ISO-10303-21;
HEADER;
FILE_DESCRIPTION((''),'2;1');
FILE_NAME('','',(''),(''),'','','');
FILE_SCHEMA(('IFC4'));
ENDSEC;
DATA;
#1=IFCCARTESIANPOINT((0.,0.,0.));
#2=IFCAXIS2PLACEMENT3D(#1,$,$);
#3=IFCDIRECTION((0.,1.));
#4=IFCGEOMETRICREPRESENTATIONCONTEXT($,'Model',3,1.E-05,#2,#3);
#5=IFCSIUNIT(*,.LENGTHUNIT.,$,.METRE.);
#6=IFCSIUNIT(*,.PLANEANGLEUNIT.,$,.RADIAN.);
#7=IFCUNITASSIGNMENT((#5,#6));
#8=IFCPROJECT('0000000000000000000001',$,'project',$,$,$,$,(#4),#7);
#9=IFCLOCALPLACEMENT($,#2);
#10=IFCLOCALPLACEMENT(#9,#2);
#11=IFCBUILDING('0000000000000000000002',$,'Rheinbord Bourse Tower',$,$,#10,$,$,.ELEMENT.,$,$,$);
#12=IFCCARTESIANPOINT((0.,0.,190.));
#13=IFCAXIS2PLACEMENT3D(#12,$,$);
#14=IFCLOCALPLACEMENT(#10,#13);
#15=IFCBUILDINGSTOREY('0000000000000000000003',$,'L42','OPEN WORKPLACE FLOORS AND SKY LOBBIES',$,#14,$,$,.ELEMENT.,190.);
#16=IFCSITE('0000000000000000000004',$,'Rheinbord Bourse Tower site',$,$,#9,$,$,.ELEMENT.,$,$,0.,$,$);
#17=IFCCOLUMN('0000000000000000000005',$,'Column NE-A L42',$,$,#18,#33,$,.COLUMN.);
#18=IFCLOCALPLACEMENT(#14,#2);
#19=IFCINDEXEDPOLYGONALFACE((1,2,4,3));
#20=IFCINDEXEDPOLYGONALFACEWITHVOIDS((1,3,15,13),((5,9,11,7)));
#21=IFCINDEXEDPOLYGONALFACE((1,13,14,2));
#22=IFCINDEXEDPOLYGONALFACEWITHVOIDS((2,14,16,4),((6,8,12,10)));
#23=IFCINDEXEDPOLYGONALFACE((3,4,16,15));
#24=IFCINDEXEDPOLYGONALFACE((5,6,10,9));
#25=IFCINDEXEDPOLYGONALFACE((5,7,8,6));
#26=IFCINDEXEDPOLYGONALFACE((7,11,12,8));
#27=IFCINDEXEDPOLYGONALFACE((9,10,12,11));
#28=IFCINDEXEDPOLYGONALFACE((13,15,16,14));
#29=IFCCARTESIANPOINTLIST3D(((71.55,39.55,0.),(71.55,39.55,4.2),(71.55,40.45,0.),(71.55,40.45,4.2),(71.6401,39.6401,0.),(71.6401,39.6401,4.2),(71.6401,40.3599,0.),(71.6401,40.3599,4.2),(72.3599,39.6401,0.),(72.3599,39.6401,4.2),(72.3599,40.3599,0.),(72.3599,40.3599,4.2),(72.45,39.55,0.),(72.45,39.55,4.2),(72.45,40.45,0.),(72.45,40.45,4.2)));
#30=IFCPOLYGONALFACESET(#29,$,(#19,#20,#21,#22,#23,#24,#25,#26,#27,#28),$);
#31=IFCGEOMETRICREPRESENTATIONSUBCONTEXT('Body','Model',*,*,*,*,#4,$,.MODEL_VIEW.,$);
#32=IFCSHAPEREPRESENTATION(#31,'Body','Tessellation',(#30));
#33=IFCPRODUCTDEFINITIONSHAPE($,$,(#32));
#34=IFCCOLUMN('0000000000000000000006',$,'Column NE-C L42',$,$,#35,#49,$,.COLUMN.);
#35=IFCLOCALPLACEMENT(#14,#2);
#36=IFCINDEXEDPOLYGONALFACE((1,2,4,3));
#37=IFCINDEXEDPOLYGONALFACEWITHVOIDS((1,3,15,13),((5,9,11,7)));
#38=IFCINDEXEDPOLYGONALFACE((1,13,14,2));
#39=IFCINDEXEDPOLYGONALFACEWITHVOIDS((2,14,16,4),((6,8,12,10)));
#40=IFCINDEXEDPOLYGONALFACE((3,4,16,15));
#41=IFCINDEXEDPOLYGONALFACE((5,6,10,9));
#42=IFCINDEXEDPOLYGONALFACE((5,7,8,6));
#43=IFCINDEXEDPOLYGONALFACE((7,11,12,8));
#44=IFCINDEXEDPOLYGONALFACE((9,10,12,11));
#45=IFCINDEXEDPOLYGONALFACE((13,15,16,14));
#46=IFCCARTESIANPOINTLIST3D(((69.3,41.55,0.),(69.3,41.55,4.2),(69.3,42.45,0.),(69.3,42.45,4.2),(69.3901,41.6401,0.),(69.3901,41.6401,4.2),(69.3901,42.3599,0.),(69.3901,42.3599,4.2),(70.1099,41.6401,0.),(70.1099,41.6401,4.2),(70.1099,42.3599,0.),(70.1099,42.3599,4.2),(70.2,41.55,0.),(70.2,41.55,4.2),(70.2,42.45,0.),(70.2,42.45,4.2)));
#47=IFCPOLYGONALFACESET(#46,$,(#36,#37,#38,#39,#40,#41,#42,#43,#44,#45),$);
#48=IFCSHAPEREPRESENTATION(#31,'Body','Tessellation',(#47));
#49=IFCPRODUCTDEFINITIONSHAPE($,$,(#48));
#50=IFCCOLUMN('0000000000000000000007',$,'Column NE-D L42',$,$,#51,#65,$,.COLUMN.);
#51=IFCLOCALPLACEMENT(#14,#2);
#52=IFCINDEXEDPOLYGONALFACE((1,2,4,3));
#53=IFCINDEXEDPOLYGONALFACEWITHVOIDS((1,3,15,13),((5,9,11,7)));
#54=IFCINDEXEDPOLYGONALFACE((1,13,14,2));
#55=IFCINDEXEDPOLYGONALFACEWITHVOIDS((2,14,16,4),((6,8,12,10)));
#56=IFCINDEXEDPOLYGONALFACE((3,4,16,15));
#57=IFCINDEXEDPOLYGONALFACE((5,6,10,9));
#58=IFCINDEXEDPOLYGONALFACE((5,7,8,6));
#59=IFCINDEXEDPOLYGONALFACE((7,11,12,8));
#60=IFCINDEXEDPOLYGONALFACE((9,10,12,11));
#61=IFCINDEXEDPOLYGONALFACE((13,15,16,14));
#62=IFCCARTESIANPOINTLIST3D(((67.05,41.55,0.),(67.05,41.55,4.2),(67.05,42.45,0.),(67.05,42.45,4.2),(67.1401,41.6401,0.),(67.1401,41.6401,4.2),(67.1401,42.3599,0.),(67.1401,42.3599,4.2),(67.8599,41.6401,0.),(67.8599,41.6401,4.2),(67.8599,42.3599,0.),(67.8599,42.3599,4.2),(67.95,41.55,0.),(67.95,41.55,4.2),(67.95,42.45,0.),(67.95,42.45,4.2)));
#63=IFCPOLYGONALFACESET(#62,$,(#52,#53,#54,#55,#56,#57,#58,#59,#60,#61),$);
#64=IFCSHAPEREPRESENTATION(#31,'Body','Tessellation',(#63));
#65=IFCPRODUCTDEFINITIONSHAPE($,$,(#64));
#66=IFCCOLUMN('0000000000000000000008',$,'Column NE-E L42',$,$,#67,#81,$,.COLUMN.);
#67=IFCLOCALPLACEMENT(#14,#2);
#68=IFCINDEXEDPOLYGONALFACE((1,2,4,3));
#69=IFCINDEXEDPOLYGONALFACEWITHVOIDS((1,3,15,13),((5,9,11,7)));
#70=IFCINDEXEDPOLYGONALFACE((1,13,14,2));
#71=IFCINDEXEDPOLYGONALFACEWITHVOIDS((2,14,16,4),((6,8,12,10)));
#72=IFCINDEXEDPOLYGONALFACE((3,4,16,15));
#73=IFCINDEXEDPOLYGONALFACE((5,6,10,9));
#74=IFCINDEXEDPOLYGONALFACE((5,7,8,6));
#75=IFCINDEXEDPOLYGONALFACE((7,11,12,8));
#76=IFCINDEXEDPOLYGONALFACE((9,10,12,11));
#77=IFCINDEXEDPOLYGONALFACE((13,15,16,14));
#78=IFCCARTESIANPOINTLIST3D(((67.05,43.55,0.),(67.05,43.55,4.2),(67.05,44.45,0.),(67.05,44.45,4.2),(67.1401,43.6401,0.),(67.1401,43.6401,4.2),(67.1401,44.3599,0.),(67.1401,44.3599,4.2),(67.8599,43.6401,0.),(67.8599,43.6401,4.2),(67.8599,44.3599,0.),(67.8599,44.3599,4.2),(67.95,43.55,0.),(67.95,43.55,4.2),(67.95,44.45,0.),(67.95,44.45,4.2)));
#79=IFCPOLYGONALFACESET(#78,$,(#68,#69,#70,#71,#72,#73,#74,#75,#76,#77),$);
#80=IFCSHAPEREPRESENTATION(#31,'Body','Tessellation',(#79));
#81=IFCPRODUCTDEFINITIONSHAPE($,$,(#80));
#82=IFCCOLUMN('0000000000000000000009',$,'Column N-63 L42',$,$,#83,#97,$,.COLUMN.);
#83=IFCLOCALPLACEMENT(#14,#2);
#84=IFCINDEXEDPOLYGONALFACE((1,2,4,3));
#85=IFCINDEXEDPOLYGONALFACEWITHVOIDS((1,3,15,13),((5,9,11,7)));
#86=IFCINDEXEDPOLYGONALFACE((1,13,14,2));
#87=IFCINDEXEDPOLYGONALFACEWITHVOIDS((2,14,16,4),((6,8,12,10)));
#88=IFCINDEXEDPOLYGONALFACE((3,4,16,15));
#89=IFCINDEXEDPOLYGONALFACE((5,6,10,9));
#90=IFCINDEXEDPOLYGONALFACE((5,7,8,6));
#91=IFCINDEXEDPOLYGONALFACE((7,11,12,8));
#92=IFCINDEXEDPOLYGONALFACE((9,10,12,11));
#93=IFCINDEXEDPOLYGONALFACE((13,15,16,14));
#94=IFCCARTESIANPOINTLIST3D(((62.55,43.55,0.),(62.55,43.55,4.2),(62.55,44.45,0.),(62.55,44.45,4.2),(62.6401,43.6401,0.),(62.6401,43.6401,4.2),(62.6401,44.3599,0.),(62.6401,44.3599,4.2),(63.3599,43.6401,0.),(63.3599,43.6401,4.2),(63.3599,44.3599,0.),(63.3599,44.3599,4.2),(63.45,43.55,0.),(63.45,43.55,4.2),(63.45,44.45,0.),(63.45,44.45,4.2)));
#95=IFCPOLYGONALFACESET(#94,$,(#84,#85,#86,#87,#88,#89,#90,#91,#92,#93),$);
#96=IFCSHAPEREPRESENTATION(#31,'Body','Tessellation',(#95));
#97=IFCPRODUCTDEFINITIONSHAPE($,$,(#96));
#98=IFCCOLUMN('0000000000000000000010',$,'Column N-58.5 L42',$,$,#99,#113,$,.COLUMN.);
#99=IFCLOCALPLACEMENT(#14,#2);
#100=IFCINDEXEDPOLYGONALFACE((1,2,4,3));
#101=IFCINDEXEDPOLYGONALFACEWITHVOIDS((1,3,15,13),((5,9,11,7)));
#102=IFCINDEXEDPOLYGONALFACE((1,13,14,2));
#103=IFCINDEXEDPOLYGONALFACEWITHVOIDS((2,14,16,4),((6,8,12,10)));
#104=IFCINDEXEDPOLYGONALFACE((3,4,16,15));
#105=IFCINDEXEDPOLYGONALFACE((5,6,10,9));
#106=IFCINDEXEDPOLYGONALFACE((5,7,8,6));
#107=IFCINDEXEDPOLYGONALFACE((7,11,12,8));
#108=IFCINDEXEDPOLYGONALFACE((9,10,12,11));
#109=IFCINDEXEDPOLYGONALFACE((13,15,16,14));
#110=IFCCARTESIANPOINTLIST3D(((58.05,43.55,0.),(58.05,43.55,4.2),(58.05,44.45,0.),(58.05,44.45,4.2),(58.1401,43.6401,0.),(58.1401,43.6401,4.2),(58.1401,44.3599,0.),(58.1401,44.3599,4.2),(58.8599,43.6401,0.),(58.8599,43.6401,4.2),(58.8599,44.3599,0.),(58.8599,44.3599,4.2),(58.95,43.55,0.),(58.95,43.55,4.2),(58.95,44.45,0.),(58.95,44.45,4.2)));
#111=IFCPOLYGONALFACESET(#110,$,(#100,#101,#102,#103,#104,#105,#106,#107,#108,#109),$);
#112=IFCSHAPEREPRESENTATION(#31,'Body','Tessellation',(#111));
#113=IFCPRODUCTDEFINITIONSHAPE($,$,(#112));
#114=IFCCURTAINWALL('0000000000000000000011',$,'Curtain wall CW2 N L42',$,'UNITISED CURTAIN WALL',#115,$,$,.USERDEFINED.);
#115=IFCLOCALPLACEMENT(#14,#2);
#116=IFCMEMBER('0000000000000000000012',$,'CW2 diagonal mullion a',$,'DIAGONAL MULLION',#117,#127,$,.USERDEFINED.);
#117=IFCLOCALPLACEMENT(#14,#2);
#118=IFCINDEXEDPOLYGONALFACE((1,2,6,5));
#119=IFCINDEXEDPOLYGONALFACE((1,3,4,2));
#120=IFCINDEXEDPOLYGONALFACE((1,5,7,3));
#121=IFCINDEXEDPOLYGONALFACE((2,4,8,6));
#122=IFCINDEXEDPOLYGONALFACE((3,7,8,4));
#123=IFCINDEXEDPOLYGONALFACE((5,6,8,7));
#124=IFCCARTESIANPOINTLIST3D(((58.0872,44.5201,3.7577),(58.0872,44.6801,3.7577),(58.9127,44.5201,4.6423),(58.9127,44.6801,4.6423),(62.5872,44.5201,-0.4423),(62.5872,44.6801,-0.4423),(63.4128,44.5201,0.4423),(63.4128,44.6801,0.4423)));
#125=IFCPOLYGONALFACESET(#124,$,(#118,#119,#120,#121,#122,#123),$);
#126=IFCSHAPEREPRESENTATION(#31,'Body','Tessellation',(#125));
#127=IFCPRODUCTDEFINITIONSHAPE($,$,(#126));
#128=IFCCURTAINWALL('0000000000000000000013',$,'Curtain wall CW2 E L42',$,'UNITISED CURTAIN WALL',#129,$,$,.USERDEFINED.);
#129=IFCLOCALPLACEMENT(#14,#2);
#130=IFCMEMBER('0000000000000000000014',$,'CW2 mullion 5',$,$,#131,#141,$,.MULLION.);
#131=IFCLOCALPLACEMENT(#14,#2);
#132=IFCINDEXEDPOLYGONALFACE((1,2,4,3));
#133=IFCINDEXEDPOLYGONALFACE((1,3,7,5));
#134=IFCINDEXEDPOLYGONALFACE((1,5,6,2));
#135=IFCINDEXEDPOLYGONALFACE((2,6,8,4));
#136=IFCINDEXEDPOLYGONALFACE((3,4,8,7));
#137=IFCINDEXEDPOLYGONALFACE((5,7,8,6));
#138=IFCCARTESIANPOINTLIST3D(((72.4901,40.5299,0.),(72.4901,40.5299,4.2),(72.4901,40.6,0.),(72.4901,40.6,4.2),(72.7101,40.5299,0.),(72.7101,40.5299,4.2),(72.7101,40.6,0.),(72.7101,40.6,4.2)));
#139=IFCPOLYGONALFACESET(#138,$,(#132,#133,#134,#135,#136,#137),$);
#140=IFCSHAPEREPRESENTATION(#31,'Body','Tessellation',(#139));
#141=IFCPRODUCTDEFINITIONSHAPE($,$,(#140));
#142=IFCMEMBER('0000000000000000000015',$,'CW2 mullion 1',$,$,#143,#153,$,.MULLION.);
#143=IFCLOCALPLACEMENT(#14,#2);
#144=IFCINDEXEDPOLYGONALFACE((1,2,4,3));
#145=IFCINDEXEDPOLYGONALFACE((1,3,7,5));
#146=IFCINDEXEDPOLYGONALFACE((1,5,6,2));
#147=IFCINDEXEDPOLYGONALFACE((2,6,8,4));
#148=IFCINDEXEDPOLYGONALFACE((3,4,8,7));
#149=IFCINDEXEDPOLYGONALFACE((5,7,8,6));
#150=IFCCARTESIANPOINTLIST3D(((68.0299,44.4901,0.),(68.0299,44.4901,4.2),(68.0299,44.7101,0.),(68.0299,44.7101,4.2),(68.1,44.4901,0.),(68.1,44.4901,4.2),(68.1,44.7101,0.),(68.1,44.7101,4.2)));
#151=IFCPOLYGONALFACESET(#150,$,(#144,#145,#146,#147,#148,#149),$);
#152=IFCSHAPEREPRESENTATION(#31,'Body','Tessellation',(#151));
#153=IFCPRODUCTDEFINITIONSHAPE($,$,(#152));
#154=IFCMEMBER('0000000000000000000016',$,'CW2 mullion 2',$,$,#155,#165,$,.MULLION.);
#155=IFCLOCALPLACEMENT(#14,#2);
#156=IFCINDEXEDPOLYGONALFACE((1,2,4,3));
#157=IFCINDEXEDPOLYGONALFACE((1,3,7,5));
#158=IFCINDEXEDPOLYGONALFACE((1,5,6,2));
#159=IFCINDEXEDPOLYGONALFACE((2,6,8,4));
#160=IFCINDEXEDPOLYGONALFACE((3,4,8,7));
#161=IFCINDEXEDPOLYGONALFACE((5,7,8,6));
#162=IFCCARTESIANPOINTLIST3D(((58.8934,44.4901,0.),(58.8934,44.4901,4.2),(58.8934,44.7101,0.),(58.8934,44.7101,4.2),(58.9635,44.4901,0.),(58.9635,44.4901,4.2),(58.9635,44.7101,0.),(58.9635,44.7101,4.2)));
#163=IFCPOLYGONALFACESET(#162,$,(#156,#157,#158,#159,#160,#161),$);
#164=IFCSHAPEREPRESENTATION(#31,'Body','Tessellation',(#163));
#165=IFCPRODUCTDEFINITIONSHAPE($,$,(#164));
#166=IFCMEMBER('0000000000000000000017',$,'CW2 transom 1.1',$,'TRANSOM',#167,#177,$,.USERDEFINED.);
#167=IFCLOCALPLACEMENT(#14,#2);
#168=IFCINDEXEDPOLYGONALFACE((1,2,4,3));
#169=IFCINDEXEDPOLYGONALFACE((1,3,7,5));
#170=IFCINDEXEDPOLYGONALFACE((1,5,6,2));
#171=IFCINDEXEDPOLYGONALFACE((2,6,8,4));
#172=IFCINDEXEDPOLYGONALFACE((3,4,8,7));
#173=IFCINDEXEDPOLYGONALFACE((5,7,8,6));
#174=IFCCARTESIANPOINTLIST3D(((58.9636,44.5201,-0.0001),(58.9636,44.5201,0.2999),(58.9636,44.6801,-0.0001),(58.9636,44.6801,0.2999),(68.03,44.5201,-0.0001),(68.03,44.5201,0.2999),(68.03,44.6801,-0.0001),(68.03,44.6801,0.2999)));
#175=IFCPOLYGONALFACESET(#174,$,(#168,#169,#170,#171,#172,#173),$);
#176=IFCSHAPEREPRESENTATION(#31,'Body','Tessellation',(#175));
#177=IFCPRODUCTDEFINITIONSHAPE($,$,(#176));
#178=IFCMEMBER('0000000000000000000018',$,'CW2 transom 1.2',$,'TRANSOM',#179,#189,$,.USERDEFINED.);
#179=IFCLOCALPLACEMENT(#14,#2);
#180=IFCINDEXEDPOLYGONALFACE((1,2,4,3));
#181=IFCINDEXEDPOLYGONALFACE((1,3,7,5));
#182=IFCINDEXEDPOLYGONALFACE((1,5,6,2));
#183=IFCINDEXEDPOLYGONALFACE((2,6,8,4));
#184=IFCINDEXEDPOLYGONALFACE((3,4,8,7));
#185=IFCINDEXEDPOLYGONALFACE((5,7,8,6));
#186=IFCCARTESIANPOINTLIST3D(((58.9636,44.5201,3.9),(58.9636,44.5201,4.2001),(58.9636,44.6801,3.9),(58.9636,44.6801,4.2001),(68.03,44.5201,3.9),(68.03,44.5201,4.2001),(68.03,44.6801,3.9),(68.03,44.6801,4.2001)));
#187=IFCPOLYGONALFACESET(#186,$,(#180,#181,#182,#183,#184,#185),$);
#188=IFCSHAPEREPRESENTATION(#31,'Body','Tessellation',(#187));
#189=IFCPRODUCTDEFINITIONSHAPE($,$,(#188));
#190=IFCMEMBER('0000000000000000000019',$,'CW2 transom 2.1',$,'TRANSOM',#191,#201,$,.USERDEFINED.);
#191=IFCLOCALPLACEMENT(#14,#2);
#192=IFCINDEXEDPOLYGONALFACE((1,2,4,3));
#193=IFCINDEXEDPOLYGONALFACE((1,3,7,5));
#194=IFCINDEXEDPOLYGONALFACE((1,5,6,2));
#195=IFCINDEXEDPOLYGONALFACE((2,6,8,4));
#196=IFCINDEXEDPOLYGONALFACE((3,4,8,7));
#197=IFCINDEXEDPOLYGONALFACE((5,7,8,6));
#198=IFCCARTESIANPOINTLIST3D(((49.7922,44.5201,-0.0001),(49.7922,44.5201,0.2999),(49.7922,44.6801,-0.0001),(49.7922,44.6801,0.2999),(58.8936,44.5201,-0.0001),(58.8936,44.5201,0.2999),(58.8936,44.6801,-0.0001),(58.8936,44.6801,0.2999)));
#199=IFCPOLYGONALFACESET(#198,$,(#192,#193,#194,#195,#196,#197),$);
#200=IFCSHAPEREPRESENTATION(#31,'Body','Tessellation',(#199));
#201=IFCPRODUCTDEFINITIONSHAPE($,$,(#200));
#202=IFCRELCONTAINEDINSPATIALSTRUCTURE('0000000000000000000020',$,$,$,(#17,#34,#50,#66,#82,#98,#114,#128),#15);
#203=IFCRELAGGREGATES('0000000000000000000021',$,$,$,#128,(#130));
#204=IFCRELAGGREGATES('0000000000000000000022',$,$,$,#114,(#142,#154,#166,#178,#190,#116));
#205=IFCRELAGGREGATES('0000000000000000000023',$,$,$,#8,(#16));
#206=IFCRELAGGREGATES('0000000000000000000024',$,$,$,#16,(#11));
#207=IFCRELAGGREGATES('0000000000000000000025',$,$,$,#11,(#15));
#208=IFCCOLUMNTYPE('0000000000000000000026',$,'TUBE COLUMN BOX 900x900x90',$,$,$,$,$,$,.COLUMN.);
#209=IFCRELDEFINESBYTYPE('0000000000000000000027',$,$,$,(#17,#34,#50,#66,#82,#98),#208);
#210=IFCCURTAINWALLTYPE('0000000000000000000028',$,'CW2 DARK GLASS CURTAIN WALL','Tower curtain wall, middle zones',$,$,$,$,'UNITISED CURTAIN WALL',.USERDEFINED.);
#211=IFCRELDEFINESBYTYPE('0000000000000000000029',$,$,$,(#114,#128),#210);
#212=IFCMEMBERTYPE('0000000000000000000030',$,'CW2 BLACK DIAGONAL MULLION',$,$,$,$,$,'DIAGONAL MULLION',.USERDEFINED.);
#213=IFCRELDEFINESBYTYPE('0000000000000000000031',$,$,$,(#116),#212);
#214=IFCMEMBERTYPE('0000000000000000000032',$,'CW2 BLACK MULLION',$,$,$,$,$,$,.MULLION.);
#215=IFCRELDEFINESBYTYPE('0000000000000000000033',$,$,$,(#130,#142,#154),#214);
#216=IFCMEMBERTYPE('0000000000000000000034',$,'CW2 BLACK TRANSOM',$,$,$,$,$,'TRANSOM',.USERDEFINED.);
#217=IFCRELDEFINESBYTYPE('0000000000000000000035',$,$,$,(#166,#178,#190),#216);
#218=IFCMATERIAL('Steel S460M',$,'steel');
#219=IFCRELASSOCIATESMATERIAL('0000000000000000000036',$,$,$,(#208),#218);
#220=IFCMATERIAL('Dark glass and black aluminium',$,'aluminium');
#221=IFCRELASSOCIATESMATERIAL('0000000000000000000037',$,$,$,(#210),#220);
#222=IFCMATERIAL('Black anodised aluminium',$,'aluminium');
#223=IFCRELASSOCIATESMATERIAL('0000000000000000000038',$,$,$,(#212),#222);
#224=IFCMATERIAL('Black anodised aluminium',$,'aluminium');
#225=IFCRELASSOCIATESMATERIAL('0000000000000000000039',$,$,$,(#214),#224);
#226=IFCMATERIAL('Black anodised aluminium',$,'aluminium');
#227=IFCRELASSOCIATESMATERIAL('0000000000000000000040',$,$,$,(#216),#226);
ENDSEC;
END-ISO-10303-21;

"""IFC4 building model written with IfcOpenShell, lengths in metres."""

from ifc_helpers import new_model, si_unit, direction, frame, origin, origin_2d, place, context, subcontext, project, spatial, rectangle, hollow_rectangle, extrude, material, material_profile, profile_set, type_object, element, aggregate, save


model = new_model("IFC4")

# Units and contexts
model_context = context("Model", 3, precision=1e-05, world=origin(), true_north=direction((0.0, 1.0)))
body_context = subcontext(model_context, "Body", "Model", "MODEL_VIEW")
ifc_project = project(units=[si_unit("LENGTHUNIT", "METRE"), si_unit("PLANEANGLEUNIT", "RADIAN")], contexts=[model_context])

# Site, building, storey
site_placement = place(None, origin())
site = spatial("IfcSite", under=ifc_project, at=site_placement, Name="Rheinbord Bourse Tower site", CompositionType="ELEMENT", RefElevation=0.0)
building_placement = place(site_placement, origin())
building = spatial("IfcBuilding", under=site, at=building_placement, Name="Rheinbord Bourse Tower", CompositionType="ELEMENT")
storey_placement = place(building_placement, frame((0.0, 0.0, 190.0)))
storey = spatial("IfcBuildingStorey", under=building, at=storey_placement, Name="L42", Description="OPEN WORKPLACE FLOORS AND SKY LOBBIES", CompositionType="ELEMENT", Elevation=190.0)

# Columns
ifc_material_1 = material(Name="Steel S460M", Category="steel")
ifc_material_profile_1 = material_profile(ifc_material_1, hollow_rectangle(XDim=0.8999, YDim=0.8999, WallThickness=0.0901, at=origin_2d()), Name="BOX 900x900x90")
ifc_profile_set_1 = profile_set([ifc_material_profile_1], Name="Steel S460M")
column_type = type_object("IfcColumnType", Name="TUBE COLUMN BOX 900x900x90", PredefinedType="COLUMN", material=ifc_profile_set_1)
for number, where, z_axis, x_axis, name in (
    (1, (72.0, 40.0, 0.0), (0.0, 0.0, 1.0), (1.0, 0.0, 0.0), "Column NE-A L42"),
    (2, (69.75, 42.0, 0.0), (0.0, 0.0, 1.0), (1.0, 0.0, 0.0), "Column NE-C L42"),
    (3, (67.5, 42.0, 0.0), (0.0, 0.0, 1.0), (0.0, 1.0, 0.0), "Column NE-D L42"),
    (4, (67.5, 44.0, 0.0), (0.0, 0.0, 1.0), (0.0, 1.0, 0.0), "Column NE-E L42"),
    (5, (63.0, 44.0, 0.0), (0.0, 0.0, 1.0), (0.0, 1.0, 0.0), "Column N-63 L42"),
    (6, (58.5, 44.0, 0.0), (0.0, 0.0, 1.0), (0.0, 1.0, 0.0), "Column N-58.5 L42"),
):
    element("IfcColumn", number, at=place(storey_placement, frame(where, z_axis=z_axis, x_axis=x_axis)), inside=storey, type_object=column_type, Name=name, PredefinedType="COLUMN", context=body_context, shape_type="SweptSolid", body=[
        extrude(hollow_rectangle(XDim=0.8999, YDim=0.8999, WallThickness=0.0901, at=origin_2d()), origin(), (0.0, 0.0, 1.0), 4.2),
    ])

# Curtain walls, members
ifc_material_2 = material(Name="Dark glass and black aluminium", Category="aluminium")
curtain_wall_type = type_object("IfcCurtainWallType", Name="CW2 DARK GLASS CURTAIN WALL", Description="Tower curtain wall, middle zones", ElementType="UNITISED CURTAIN WALL", PredefinedType="USERDEFINED", material=ifc_material_2)
curtain_wall_1_placement = place(storey_placement, origin())
curtain_wall_1 = element("IfcCurtainWall", 7, at=curtain_wall_1_placement, inside=storey, type_object=curtain_wall_type, Name="Curtain wall CW2 N L42", ObjectType="UNITISED CURTAIN WALL", PredefinedType="USERDEFINED")
ifc_material_3 = material(Name="Black anodised aluminium", Category="aluminium")
ifc_material_profile_2 = material_profile(ifc_material_3, rectangle(XDim=0.1599, YDim=1.21, at=origin_2d()), Name="CW2 DIAGONAL MULLION 1210x160")
ifc_profile_set_2 = profile_set([ifc_material_profile_2], Name="Black anodised aluminium")
member_type_1 = type_object("IfcMemberType", Name="CW2 BLACK DIAGONAL MULLION", ElementType="DIAGONAL MULLION", PredefinedType="USERDEFINED", material=ifc_profile_set_2)
member_1_placement = place(storey_placement, frame((63.0, 44.6001, 0.0), z_axis=(-0.731059, 0.0, 0.682314), x_axis=(0.0, -1.0, 0.0)))
member_1 = element("IfcMember", 8, at=member_1_placement, type_object=member_type_1, Name="CW2 diagonal mullion a", ObjectType="DIAGONAL MULLION", PredefinedType="USERDEFINED", context=body_context, shape_type="SweptSolid", body=[
    extrude(rectangle(XDim=0.1599, YDim=1.21, at=origin_2d()), origin(), (0.0, 0.0, 1.0), 6.1555),
])
curtain_wall_2_placement = place(storey_placement, origin())
curtain_wall_2 = element("IfcCurtainWall", 9, at=curtain_wall_2_placement, inside=storey, type_object=curtain_wall_type, Name="Curtain wall CW2 E L42", ObjectType="UNITISED CURTAIN WALL", PredefinedType="USERDEFINED")
ifc_material_4 = material(Name="Black anodised aluminium", Category="aluminium")
ifc_material_profile_3 = material_profile(ifc_material_4, rectangle(XDim=0.22, YDim=0.0701, at=origin_2d()), Name="CW2 MULLION 70x220")
ifc_profile_set_3 = profile_set([ifc_material_profile_3], Name="Black anodised aluminium")
member_type_2 = type_object("IfcMemberType", Name="CW2 BLACK MULLION", PredefinedType="MULLION", material=ifc_profile_set_3)
member_2_placement = place(storey_placement, frame((72.6001, 40.5649, 0.0), z_axis=(0.0, 0.0, 1.0), x_axis=(-1.0, 0.0, 0.0)))
member_2 = element("IfcMember", 10, at=member_2_placement, type_object=member_type_2, Name="CW2 mullion 5", PredefinedType="MULLION", context=body_context, shape_type="SweptSolid", body=[
    extrude(rectangle(XDim=0.22, YDim=0.0701, at=origin_2d()), origin(), (0.0, 0.0, 1.0), 4.2),
])

# Members
member_3_placement = place(storey_placement, frame((68.0649, 44.6001, 0.0), z_axis=(0.0, 0.0, 1.0), x_axis=(0.0, -1.0, 0.0)))
member_3 = element("IfcMember", 11, at=member_3_placement, type_object=member_type_2, Name="CW2 mullion 1", PredefinedType="MULLION", context=body_context, shape_type="SweptSolid", body=[
    extrude(rectangle(XDim=0.22, YDim=0.0701, at=origin_2d()), origin(), (0.0, 0.0, 1.0), 4.2),
])
member_4_placement = place(storey_placement, frame((58.9285, 44.6001, 0.0), z_axis=(0.0, 0.0, 1.0), x_axis=(0.0, -1.0, 0.0)))
member_4 = element("IfcMember", 12, at=member_4_placement, type_object=member_type_2, Name="CW2 mullion 2", PredefinedType="MULLION", context=body_context, shape_type="SweptSolid", body=[
    extrude(rectangle(XDim=0.22, YDim=0.0701, at=origin_2d()), origin(), (0.0, 0.0, 1.0), 4.2),
])
ifc_material_5 = material(Name="Black anodised aluminium", Category="aluminium")
ifc_material_profile_4 = material_profile(ifc_material_5, rectangle(XDim=0.1599, YDim=0.3, at=origin_2d()), Name="CW2 TRANSOM 300x160")
ifc_profile_set_4 = profile_set([ifc_material_profile_4], Name="Black anodised aluminium")
member_type_3 = type_object("IfcMemberType", Name="CW2 BLACK TRANSOM", ElementType="TRANSOM", PredefinedType="USERDEFINED", material=ifc_profile_set_4)
member_5_placement = place(storey_placement, frame((68.03, 44.6001, 0.1499), z_axis=(-1.0, 0.0, 0.0), x_axis=(0.0, -1.0, 0.0)))
member_5 = element("IfcMember", 13, at=member_5_placement, type_object=member_type_3, Name="CW2 transom 1.1", ObjectType="TRANSOM", PredefinedType="USERDEFINED", context=body_context, shape_type="SweptSolid", body=[
    extrude(rectangle(XDim=0.1599, YDim=0.3, at=origin_2d()), origin(), (0.0, 0.0, 1.0), 9.0664),
])
member_6_placement = place(storey_placement, frame((68.03, 44.6001, 4.05), z_axis=(-1.0, 0.0, 0.0), x_axis=(0.0, -1.0, 0.0)))
member_6 = element("IfcMember", 14, at=member_6_placement, type_object=member_type_3, Name="CW2 transom 1.2", ObjectType="TRANSOM", PredefinedType="USERDEFINED", context=body_context, shape_type="SweptSolid", body=[
    extrude(rectangle(XDim=0.1599, YDim=0.3, at=origin_2d()), origin(), (0.0, 0.0, 1.0), 9.0664),
])
member_7_placement = place(storey_placement, frame((58.8936, 44.6001, 0.1499), z_axis=(-1.0, 0.0, 0.0), x_axis=(0.0, -1.0, 0.0)))
member_7 = element("IfcMember", 15, at=member_7_placement, type_object=member_type_3, Name="CW2 transom 2.1", ObjectType="TRANSOM", PredefinedType="USERDEFINED", context=body_context, shape_type="SweptSolid", body=[
    extrude(rectangle(XDim=0.1599, YDim=0.3, at=origin_2d()), origin(), (0.0, 0.0, 1.0), 9.1013),
])

aggregate(curtain_wall_2, [member_2])
aggregate(curtain_wall_1, [member_3, member_4, member_5, member_6, member_7, member_1])

save(model, "model.ifc")
